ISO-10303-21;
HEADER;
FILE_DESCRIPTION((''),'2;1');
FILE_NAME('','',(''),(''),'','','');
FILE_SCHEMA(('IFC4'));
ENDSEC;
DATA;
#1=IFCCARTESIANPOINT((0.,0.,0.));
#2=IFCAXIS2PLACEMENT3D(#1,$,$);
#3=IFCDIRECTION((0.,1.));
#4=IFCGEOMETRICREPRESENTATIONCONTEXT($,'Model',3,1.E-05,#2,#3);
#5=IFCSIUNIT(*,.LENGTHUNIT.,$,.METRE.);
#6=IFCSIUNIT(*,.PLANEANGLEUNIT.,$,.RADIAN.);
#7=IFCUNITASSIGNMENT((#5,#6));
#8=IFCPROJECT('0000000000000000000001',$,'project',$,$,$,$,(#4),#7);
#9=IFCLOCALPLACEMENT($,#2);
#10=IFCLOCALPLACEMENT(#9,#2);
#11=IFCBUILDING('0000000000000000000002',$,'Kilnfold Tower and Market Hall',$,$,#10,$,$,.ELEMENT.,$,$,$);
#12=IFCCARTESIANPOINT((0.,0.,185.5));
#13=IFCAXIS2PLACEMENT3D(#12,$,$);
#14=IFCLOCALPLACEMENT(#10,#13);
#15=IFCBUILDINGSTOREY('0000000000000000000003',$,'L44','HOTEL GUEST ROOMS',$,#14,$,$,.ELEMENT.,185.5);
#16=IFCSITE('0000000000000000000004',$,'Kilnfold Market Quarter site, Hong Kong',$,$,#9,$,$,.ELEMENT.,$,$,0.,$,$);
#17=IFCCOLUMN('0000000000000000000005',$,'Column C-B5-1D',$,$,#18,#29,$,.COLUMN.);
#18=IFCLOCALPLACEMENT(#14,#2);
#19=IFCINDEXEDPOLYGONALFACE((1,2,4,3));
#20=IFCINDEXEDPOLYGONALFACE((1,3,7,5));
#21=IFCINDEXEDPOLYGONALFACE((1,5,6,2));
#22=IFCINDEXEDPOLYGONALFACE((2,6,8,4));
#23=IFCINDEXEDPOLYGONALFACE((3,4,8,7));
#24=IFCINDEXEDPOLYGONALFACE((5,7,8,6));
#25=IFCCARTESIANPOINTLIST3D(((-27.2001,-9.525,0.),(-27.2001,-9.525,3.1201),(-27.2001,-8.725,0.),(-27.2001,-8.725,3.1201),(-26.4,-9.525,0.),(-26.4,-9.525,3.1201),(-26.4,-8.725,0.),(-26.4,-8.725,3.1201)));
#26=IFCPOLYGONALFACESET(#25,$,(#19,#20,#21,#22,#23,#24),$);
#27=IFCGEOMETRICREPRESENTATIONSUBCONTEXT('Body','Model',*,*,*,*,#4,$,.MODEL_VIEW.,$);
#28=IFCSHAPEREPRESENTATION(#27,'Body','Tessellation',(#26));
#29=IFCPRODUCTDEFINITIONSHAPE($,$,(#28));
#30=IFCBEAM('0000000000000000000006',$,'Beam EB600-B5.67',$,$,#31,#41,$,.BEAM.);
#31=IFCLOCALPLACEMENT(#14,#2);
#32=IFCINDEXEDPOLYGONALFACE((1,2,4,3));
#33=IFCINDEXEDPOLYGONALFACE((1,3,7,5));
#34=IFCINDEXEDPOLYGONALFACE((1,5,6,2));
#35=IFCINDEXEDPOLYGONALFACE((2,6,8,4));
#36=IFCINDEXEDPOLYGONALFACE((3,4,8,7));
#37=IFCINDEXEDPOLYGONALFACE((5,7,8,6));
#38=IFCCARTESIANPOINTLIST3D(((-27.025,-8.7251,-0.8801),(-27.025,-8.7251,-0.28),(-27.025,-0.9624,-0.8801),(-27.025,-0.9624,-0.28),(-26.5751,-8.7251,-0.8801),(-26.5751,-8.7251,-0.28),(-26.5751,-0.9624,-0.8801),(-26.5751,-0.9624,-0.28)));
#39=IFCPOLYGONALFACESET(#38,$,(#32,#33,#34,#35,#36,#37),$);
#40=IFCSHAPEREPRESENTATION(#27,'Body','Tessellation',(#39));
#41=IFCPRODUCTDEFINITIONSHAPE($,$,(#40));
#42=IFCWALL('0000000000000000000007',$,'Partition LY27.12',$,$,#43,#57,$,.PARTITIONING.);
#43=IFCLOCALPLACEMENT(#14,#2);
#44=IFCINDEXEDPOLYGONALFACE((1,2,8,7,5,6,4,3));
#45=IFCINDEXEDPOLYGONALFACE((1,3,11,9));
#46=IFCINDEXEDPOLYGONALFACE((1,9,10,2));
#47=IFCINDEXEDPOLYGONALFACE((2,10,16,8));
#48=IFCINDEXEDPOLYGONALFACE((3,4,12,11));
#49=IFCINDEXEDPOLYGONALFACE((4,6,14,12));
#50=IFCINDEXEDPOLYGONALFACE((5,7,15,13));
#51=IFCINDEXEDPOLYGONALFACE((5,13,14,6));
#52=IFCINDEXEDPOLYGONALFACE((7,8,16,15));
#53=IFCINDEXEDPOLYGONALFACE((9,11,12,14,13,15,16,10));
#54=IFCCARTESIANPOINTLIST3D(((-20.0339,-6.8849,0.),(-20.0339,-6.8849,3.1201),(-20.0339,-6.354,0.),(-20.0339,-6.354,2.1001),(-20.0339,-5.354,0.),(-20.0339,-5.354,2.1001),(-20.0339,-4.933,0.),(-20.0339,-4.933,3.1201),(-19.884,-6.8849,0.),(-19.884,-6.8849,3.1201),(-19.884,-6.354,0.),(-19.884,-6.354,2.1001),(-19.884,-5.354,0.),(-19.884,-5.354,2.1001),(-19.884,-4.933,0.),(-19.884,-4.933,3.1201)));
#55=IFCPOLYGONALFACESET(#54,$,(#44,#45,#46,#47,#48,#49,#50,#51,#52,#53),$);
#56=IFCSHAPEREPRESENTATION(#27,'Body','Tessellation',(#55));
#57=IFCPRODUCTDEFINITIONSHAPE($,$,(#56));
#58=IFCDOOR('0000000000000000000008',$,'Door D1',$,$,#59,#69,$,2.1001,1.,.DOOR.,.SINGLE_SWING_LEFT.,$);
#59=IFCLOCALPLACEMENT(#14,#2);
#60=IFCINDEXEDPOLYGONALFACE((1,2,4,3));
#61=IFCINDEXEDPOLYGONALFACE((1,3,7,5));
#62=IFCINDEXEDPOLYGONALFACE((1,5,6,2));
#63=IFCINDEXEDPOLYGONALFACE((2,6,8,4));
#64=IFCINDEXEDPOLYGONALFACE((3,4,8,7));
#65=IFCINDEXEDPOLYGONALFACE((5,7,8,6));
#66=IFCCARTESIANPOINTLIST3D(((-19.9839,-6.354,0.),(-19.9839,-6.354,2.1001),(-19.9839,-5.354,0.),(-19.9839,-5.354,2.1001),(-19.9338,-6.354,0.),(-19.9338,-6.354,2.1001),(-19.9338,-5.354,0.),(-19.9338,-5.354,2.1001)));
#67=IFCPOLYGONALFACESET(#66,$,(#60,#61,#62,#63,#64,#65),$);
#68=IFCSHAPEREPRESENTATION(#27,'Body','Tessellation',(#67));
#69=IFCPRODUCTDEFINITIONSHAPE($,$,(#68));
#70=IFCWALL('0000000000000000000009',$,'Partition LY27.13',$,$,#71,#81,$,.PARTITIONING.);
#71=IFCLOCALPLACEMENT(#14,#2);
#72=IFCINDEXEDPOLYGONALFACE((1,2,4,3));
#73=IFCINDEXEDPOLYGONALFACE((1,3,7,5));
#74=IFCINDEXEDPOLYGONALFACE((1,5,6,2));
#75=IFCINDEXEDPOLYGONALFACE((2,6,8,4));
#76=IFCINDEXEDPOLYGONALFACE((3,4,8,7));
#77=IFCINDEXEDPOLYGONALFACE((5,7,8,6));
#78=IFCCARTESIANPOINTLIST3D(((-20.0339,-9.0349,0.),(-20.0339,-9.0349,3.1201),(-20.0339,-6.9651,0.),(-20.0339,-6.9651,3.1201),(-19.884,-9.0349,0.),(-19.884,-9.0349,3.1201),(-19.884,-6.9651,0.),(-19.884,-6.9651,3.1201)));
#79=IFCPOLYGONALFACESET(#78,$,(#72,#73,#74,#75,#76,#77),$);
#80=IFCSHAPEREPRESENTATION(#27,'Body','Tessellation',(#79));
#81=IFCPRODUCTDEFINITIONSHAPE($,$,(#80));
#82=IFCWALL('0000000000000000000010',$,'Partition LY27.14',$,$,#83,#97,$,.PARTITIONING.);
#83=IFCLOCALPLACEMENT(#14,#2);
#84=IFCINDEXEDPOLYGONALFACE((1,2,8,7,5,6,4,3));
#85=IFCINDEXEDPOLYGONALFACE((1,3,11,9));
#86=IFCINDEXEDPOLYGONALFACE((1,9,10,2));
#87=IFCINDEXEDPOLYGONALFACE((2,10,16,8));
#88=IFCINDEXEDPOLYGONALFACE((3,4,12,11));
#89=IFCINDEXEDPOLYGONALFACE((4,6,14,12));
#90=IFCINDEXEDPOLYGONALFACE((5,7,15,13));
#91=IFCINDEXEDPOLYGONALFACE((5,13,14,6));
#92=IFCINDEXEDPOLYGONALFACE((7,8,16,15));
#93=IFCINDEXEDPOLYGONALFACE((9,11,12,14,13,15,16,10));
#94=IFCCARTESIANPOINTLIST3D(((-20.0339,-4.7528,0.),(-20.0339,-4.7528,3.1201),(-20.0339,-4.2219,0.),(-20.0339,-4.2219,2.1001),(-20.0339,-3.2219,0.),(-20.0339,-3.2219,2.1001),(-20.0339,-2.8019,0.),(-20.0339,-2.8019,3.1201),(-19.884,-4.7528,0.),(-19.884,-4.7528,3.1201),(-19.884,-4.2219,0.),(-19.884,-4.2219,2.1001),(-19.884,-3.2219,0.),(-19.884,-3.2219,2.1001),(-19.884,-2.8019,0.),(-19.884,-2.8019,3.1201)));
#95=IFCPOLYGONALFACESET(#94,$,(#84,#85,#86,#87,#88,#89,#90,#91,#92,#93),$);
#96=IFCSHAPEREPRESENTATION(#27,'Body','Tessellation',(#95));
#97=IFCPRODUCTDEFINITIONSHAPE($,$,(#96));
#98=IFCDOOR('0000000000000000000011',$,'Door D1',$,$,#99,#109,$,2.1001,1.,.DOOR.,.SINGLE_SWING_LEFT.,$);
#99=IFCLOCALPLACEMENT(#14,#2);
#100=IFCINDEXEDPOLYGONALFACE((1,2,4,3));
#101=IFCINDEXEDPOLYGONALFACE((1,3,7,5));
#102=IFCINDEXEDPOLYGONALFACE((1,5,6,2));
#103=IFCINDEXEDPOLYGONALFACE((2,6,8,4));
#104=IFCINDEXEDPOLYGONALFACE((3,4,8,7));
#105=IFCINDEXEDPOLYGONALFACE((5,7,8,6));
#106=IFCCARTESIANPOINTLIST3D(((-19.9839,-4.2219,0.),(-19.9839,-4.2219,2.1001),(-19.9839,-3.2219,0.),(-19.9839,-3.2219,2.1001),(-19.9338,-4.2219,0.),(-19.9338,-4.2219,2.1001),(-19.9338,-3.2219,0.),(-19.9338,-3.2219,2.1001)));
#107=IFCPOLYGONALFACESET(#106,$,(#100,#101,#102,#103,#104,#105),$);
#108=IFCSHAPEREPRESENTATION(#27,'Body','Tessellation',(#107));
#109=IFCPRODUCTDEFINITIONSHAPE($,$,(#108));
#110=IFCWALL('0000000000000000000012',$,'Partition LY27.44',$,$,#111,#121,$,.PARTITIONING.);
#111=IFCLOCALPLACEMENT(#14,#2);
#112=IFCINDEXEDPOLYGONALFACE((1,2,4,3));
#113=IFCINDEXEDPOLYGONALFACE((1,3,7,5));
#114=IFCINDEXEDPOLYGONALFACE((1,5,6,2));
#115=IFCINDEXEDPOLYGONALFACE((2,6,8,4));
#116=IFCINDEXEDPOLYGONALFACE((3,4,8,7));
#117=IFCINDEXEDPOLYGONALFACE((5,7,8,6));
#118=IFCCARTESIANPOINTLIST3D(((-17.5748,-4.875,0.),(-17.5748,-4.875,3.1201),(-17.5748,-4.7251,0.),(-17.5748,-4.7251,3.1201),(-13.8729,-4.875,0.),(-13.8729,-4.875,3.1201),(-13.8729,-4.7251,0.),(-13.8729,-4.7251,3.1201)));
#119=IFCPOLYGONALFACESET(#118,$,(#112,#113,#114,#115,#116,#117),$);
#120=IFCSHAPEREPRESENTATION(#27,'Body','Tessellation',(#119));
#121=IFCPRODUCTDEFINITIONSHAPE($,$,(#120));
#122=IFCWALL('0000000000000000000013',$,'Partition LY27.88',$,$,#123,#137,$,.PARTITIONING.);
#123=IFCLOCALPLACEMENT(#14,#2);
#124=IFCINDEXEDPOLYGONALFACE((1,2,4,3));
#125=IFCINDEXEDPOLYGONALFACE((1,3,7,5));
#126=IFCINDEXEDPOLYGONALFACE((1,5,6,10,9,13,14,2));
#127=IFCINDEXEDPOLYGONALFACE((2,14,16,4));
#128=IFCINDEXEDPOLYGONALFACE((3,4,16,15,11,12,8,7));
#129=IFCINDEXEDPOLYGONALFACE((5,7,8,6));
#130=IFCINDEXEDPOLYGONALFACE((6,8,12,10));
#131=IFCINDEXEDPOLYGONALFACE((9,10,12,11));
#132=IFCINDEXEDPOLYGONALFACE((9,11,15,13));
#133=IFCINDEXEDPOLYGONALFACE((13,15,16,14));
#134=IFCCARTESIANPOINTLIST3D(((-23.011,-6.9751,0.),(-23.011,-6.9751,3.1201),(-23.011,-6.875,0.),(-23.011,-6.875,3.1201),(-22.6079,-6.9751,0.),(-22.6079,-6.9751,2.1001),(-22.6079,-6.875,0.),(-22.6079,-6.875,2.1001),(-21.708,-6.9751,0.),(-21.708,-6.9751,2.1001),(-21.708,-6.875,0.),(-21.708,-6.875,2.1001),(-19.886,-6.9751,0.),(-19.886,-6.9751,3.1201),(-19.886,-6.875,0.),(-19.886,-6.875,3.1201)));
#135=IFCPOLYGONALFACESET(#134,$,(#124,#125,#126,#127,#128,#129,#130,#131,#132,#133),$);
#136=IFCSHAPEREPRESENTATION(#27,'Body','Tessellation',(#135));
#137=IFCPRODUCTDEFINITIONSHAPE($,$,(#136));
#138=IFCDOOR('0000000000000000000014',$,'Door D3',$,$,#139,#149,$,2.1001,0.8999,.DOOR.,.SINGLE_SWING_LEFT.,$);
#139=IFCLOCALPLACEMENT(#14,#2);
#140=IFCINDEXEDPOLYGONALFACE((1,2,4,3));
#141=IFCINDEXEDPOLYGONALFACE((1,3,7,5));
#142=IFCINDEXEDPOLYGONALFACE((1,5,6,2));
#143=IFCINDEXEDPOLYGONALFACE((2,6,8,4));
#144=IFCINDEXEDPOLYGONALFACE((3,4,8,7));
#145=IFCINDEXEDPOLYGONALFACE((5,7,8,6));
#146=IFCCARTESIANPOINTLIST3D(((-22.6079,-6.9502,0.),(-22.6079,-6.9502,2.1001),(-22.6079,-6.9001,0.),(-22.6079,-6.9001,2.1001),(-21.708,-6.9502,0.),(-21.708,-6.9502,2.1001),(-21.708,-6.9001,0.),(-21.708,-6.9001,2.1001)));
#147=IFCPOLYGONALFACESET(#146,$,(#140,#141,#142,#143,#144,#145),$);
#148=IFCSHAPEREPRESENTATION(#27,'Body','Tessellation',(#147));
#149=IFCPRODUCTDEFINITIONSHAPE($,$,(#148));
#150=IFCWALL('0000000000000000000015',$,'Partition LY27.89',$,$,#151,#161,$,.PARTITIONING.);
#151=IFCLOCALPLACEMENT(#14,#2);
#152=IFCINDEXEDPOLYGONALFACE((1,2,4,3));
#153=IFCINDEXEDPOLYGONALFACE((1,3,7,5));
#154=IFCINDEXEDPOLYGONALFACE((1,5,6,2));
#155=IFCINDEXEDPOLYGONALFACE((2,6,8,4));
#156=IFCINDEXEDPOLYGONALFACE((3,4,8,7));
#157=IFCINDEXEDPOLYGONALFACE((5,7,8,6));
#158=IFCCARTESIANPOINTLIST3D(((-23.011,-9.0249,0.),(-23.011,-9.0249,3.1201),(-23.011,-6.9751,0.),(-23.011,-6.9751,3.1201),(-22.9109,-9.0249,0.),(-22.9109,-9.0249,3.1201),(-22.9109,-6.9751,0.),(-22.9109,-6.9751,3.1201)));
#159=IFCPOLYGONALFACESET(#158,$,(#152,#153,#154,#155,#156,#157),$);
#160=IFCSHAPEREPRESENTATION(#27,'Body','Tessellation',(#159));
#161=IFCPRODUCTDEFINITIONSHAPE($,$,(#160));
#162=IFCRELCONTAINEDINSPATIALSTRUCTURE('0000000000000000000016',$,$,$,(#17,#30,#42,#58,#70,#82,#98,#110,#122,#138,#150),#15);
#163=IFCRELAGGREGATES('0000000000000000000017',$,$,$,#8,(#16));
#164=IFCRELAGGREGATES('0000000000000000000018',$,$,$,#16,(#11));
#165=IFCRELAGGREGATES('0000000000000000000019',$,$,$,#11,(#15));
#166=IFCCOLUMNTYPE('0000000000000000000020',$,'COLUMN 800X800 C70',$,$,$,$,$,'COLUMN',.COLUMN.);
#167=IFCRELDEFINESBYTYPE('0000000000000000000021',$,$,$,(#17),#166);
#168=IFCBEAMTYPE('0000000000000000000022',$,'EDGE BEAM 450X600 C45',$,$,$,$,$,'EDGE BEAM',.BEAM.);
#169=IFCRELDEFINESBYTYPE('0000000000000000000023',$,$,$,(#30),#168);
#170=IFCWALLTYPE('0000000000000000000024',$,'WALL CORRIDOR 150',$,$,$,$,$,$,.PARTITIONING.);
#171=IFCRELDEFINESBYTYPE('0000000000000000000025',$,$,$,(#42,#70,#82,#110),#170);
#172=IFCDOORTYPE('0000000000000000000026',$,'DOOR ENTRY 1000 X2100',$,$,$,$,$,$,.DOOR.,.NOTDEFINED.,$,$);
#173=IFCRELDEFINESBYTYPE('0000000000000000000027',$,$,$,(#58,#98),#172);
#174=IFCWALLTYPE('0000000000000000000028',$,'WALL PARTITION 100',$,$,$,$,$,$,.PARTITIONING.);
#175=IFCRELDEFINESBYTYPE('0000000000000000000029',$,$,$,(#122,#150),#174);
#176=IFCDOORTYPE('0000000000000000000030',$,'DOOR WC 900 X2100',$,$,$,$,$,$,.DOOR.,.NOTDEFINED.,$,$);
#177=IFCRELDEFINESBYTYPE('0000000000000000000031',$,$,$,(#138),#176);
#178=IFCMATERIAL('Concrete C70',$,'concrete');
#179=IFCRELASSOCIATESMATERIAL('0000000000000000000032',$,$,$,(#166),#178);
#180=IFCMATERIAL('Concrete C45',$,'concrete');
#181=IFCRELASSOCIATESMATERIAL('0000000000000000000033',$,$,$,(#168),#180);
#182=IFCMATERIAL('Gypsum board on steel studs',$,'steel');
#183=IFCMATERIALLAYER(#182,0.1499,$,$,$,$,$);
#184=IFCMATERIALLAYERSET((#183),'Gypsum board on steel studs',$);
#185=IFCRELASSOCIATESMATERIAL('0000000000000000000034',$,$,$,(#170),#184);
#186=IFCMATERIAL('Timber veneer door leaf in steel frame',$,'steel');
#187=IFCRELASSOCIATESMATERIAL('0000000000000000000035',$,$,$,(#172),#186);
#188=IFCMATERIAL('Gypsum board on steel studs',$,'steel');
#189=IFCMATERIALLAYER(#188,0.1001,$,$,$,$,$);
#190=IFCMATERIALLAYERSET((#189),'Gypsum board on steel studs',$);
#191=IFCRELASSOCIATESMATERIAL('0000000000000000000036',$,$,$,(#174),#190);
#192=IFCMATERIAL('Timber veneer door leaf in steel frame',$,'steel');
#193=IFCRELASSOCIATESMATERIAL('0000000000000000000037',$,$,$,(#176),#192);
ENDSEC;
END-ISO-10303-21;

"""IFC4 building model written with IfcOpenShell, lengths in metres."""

from ifc_helpers import new_model, si_unit, direction, frame, frame_2d, origin, origin_2d, place, context, subcontext, project, spatial, rectangle, extrude, source, transform, mapped, material, layer, layer_set, material_profile, profile_set, type_object, element, fill, save


model = new_model("IFC4")

# Units and contexts
model_context = context("Model", 3, precision=1e-05, world=origin(), true_north=direction((0.0, 1.0)))
body_context = subcontext(model_context, "Body", "Model", "MODEL_VIEW")
ifc_project = project(units=[si_unit("LENGTHUNIT", "METRE"), si_unit("PLANEANGLEUNIT", "RADIAN")], contexts=[model_context])

# Site, building, storey
site_placement = place(None, origin())
site = spatial("IfcSite", under=ifc_project, at=site_placement, Name="Kilnfold Market Quarter site, Hong Kong", CompositionType="ELEMENT", RefElevation=0.0)
building_placement = place(site_placement, origin())
building = spatial("IfcBuilding", under=site, at=building_placement, Name="Kilnfold Tower and Market Hall", CompositionType="ELEMENT")
storey_placement = place(building_placement, frame((0.0, 0.0, 185.5)))
storey = spatial("IfcBuildingStorey", under=building, at=storey_placement, Name="L44", Description="HOTEL GUEST ROOMS", CompositionType="ELEMENT", Elevation=185.5)

# Column
ifc_material_1 = material(Name="Concrete C70", Category="concrete")
ifc_material_profile_1 = material_profile(ifc_material_1, rectangle(XDim=0.8, YDim=0.8, at=origin_2d()), Name="RC 800x800")
ifc_profile_set_1 = profile_set([ifc_material_profile_1], Name="Concrete C70")
column_type = type_object("IfcColumnType", Name="COLUMN 800X800 C70", ElementType="COLUMN", PredefinedType="COLUMN", material=ifc_profile_set_1)
shared_shape_1 = source(origin(), body_context, "Body", "SweptSolid", [
    extrude(rectangle(XDim=0.8, YDim=0.8, at=origin_2d()), origin(), (0.0, 0.0, 1.0), 3.1201),
])
column_placement = place(storey_placement, frame((-26.8, -9.125, 0.0), z_axis=(0.0, 0.0, 1.0), x_axis=(1.0, 0.0, 0.0)))
element("IfcColumn", 1, at=column_placement, inside=storey, type_object=column_type, Name="Column C-B5-1D", PredefinedType="COLUMN", context=body_context, shape_type="MappedRepresentation", body=[
    mapped(shared_shape_1, transform((0.0, 0.0, 0.0))),
])

# Beam
ifc_material_2 = material(Name="Concrete C45", Category="concrete")
ifc_material_profile_2 = material_profile(ifc_material_2, rectangle(XDim=0.45, YDim=0.6001, at=origin_2d()), Name="RC 450x600")
ifc_profile_set_2 = profile_set([ifc_material_profile_2], Name="Concrete C45")
beam_type = type_object("IfcBeamType", Name="EDGE BEAM 450X600 C45", ElementType="EDGE BEAM", PredefinedType="BEAM", material=ifc_profile_set_2)
shared_shape_2 = source(origin(), body_context, "Body", "SweptSolid", [
    extrude(rectangle(XDim=0.45, YDim=0.6001, at=origin_2d()), origin(), (0.0, 0.0, 1.0), 7.7627),
])
beam_placement = place(storey_placement, frame((-26.8, -8.7251, -0.5801), z_axis=(0.0, 1.0, 0.0), x_axis=(-1.0, 0.0, 0.0)))
element("IfcBeam", 2, at=beam_placement, inside=storey, type_object=beam_type, Name="Beam EB600-B5.67", PredefinedType="BEAM", context=body_context, shape_type="MappedRepresentation", body=[
    mapped(shared_shape_2, transform((0.0, 0.0, 0.0))),
])

# Wall, opening, door
ifc_material_3 = material(Name="Gypsum board on steel studs", Category="steel")
ifc_layer_1 = layer(ifc_material_3, 0.1499)
ifc_layer_set_1 = layer_set([ifc_layer_1], Name="Gypsum board on steel studs")
wall_type_1 = type_object("IfcWallType", Name="WALL CORRIDOR 150", PredefinedType="PARTITIONING", material=ifc_layer_set_1)
wall_1_placement = place(storey_placement, frame((-19.959, -6.885, 0.0), z_axis=(0.0, 0.0, 1.0), x_axis=(0.0, 1.0, 0.0)))
wall_1 = element("IfcWall", 3, at=wall_1_placement, inside=storey, type_object=wall_type_1, Name="Partition LY27.12", PredefinedType="PARTITIONING", context=body_context, shape_type="SweptSolid", body=[
    extrude(rectangle(XDim=1.9519, YDim=0.1499, at=frame_2d((0.9761, 0.0))), origin(), (0.0, 0.0, 1.0), 3.1201),
])
opening_1_placement = place(wall_1_placement, frame((0.531, 0.0, 0.0)))
opening_1 = element("IfcOpeningElement", 4, at=opening_1_placement, cuts=wall_1, PredefinedType="OPENING", context=body_context, shape_type="SweptSolid", body=[
    extrude(rectangle(XDim=1.0, YDim=2.1001, at=frame_2d((0.5, 1.05))), frame((0.0, 0.085, 0.0), z_axis=(0.0, -1.0, 0.0), x_axis=(1.0, 0.0, 0.0)), (0.0, 0.0, 1.0), 0.1699),
])
ifc_material_4 = material(Name="Timber veneer door leaf in steel frame", Category="steel")
door_type_1 = type_object("IfcDoorType", Name="DOOR ENTRY 1000 X2100", OperationType="NOTDEFINED", PredefinedType="DOOR", material=ifc_material_4)
door_1_placement = place(opening_1_placement, origin())
door_1 = element("IfcDoor", 5, at=door_1_placement, inside=storey, type_object=door_type_1, Name="Door D1", OperationType="SINGLE_SWING_LEFT", OverallHeight=2.1001, OverallWidth=1.0, PredefinedType="DOOR", context=body_context, shape_type="SweptSolid", body=[
    extrude(rectangle(XDim=1.0, YDim=2.1001, at=frame_2d((0.5, 1.05))), frame((0.0, 0.0249, 0.0), z_axis=(0.0, -1.0, 0.0), x_axis=(1.0, 0.0, 0.0)), (0.0, 0.0, 1.0), 0.05),
])
fill(opening_1, door_1)

# Wall
wall_2_placement = place(storey_placement, frame((-19.959, -9.0349, 0.0), z_axis=(0.0, 0.0, 1.0), x_axis=(0.0, 1.0, 0.0)))
element("IfcWall", 6, at=wall_2_placement, inside=storey, type_object=wall_type_1, Name="Partition LY27.13", PredefinedType="PARTITIONING", context=body_context, shape_type="SweptSolid", body=[
    extrude(rectangle(XDim=2.0698, YDim=0.1499, at=frame_2d((1.0349, 0.0))), origin(), (0.0, 0.0, 1.0), 3.1201),
])

# Wall, opening, door
wall_3_placement = place(storey_placement, frame((-19.959, -4.7529, 0.0), z_axis=(0.0, 0.0, 1.0), x_axis=(0.0, 1.0, 0.0)))
wall_3 = element("IfcWall", 7, at=wall_3_placement, inside=storey, type_object=wall_type_1, Name="Partition LY27.14", PredefinedType="PARTITIONING", context=body_context, shape_type="SweptSolid", body=[
    extrude(rectangle(XDim=1.9509, YDim=0.1499, at=frame_2d((0.9756, 0.0))), origin(), (0.0, 0.0, 1.0), 3.1201),
])
opening_2_placement = place(wall_3_placement, frame((0.531, 0.0, 0.0)))
opening_2 = element("IfcOpeningElement", 8, at=opening_2_placement, cuts=wall_3, PredefinedType="OPENING", context=body_context, shape_type="SweptSolid", body=[
    extrude(rectangle(XDim=1.0, YDim=2.1001, at=frame_2d((0.5, 1.05))), frame((0.0, 0.085, 0.0), z_axis=(0.0, -1.0, 0.0), x_axis=(1.0, 0.0, 0.0)), (0.0, 0.0, 1.0), 0.1699),
])
door_2_placement = place(opening_2_placement, origin())
door_2 = element("IfcDoor", 9, at=door_2_placement, inside=storey, type_object=door_type_1, Name="Door D1", OperationType="SINGLE_SWING_LEFT", OverallHeight=2.1001, OverallWidth=1.0, PredefinedType="DOOR", context=body_context, shape_type="SweptSolid", body=[
    extrude(rectangle(XDim=1.0, YDim=2.1001, at=frame_2d((0.5, 1.05))), frame((0.0, 0.0249, 0.0), z_axis=(0.0, -1.0, 0.0), x_axis=(1.0, 0.0, 0.0)), (0.0, 0.0, 1.0), 0.05),
])
fill(opening_2, door_2)

# Wall
wall_4_placement = place(storey_placement, frame((-17.575, -4.8, 0.0), z_axis=(0.0, 0.0, 1.0), x_axis=(1.0, 0.0, 0.0)))
element("IfcWall", 10, at=wall_4_placement, inside=storey, type_object=wall_type_1, Name="Partition LY27.44", PredefinedType="PARTITIONING", context=body_context, shape_type="SweptSolid", body=[
    extrude(rectangle(XDim=3.7019, YDim=0.1499, at=frame_2d((1.8511, 0.0))), origin(), (0.0, 0.0, 1.0), 3.1201),
])

# Wall, opening, door
ifc_material_5 = material(Name="Gypsum board on steel studs", Category="steel")
ifc_layer_2 = layer(ifc_material_5, 0.1001)
ifc_layer_set_2 = layer_set([ifc_layer_2], Name="Gypsum board on steel studs")
wall_type_2 = type_object("IfcWallType", Name="WALL PARTITION 100", PredefinedType="PARTITIONING", material=ifc_layer_set_2)
wall_5_placement = place(storey_placement, frame((-23.011, -6.925, 0.0), z_axis=(0.0, 0.0, 1.0), x_axis=(1.0, 0.0, 0.0)))
wall_5 = element("IfcWall", 11, at=wall_5_placement, inside=storey, type_object=wall_type_2, Name="Partition LY27.88", PredefinedType="PARTITIONING", context=body_context, shape_type="SweptSolid", body=[
    extrude(rectangle(XDim=3.125, YDim=0.1001, at=frame_2d((1.5625, 0.0))), origin(), (0.0, 0.0, 1.0), 3.1201),
])
opening_3_placement = place(wall_5_placement, frame((0.4031, 0.0, 0.0)))
opening_3 = element("IfcOpeningElement", 12, at=opening_3_placement, cuts=wall_5, PredefinedType="OPENING", context=body_context, shape_type="SweptSolid", body=[
    extrude(rectangle(XDim=0.8999, YDim=2.1001, at=frame_2d((0.45, 1.05))), frame((0.0, 0.0601, 0.0), z_axis=(0.0, -1.0, 0.0), x_axis=(1.0, 0.0, 0.0)), (0.0, 0.0, 1.0), 0.1201),
])
ifc_material_6 = material(Name="Timber veneer door leaf in steel frame", Category="steel")
door_type_2 = type_object("IfcDoorType", Name="DOOR WC 900 X2100", OperationType="NOTDEFINED", PredefinedType="DOOR", material=ifc_material_6)
door_3_placement = place(opening_3_placement, origin())
door_3 = element("IfcDoor", 13, at=door_3_placement, inside=storey, type_object=door_type_2, Name="Door D3", OperationType="SINGLE_SWING_LEFT", OverallHeight=2.1001, OverallWidth=0.8999, PredefinedType="DOOR", context=body_context, shape_type="SweptSolid", body=[
    extrude(rectangle(XDim=0.8999, YDim=2.1001, at=frame_2d((0.45, 1.05))), frame((0.0, 0.0249, 0.0), z_axis=(0.0, -1.0, 0.0), x_axis=(1.0, 0.0, 0.0)), (0.0, 0.0, 1.0), 0.05),
])
fill(opening_3, door_3)

# Wall
wall_6_placement = place(storey_placement, frame((-22.9609, -9.0249, 0.0), z_axis=(0.0, 0.0, 1.0), x_axis=(0.0, 1.0, 0.0)))
element("IfcWall", 14, at=wall_6_placement, inside=storey, type_object=wall_type_2, Name="Partition LY27.89", PredefinedType="PARTITIONING", context=body_context, shape_type="SweptSolid", body=[
    extrude(rectangle(XDim=2.0498, YDim=0.1001, at=frame_2d((1.0249, 0.0))), origin(), (0.0, 0.0, 1.0), 3.1201),
])

save(model, "model.ifc")
